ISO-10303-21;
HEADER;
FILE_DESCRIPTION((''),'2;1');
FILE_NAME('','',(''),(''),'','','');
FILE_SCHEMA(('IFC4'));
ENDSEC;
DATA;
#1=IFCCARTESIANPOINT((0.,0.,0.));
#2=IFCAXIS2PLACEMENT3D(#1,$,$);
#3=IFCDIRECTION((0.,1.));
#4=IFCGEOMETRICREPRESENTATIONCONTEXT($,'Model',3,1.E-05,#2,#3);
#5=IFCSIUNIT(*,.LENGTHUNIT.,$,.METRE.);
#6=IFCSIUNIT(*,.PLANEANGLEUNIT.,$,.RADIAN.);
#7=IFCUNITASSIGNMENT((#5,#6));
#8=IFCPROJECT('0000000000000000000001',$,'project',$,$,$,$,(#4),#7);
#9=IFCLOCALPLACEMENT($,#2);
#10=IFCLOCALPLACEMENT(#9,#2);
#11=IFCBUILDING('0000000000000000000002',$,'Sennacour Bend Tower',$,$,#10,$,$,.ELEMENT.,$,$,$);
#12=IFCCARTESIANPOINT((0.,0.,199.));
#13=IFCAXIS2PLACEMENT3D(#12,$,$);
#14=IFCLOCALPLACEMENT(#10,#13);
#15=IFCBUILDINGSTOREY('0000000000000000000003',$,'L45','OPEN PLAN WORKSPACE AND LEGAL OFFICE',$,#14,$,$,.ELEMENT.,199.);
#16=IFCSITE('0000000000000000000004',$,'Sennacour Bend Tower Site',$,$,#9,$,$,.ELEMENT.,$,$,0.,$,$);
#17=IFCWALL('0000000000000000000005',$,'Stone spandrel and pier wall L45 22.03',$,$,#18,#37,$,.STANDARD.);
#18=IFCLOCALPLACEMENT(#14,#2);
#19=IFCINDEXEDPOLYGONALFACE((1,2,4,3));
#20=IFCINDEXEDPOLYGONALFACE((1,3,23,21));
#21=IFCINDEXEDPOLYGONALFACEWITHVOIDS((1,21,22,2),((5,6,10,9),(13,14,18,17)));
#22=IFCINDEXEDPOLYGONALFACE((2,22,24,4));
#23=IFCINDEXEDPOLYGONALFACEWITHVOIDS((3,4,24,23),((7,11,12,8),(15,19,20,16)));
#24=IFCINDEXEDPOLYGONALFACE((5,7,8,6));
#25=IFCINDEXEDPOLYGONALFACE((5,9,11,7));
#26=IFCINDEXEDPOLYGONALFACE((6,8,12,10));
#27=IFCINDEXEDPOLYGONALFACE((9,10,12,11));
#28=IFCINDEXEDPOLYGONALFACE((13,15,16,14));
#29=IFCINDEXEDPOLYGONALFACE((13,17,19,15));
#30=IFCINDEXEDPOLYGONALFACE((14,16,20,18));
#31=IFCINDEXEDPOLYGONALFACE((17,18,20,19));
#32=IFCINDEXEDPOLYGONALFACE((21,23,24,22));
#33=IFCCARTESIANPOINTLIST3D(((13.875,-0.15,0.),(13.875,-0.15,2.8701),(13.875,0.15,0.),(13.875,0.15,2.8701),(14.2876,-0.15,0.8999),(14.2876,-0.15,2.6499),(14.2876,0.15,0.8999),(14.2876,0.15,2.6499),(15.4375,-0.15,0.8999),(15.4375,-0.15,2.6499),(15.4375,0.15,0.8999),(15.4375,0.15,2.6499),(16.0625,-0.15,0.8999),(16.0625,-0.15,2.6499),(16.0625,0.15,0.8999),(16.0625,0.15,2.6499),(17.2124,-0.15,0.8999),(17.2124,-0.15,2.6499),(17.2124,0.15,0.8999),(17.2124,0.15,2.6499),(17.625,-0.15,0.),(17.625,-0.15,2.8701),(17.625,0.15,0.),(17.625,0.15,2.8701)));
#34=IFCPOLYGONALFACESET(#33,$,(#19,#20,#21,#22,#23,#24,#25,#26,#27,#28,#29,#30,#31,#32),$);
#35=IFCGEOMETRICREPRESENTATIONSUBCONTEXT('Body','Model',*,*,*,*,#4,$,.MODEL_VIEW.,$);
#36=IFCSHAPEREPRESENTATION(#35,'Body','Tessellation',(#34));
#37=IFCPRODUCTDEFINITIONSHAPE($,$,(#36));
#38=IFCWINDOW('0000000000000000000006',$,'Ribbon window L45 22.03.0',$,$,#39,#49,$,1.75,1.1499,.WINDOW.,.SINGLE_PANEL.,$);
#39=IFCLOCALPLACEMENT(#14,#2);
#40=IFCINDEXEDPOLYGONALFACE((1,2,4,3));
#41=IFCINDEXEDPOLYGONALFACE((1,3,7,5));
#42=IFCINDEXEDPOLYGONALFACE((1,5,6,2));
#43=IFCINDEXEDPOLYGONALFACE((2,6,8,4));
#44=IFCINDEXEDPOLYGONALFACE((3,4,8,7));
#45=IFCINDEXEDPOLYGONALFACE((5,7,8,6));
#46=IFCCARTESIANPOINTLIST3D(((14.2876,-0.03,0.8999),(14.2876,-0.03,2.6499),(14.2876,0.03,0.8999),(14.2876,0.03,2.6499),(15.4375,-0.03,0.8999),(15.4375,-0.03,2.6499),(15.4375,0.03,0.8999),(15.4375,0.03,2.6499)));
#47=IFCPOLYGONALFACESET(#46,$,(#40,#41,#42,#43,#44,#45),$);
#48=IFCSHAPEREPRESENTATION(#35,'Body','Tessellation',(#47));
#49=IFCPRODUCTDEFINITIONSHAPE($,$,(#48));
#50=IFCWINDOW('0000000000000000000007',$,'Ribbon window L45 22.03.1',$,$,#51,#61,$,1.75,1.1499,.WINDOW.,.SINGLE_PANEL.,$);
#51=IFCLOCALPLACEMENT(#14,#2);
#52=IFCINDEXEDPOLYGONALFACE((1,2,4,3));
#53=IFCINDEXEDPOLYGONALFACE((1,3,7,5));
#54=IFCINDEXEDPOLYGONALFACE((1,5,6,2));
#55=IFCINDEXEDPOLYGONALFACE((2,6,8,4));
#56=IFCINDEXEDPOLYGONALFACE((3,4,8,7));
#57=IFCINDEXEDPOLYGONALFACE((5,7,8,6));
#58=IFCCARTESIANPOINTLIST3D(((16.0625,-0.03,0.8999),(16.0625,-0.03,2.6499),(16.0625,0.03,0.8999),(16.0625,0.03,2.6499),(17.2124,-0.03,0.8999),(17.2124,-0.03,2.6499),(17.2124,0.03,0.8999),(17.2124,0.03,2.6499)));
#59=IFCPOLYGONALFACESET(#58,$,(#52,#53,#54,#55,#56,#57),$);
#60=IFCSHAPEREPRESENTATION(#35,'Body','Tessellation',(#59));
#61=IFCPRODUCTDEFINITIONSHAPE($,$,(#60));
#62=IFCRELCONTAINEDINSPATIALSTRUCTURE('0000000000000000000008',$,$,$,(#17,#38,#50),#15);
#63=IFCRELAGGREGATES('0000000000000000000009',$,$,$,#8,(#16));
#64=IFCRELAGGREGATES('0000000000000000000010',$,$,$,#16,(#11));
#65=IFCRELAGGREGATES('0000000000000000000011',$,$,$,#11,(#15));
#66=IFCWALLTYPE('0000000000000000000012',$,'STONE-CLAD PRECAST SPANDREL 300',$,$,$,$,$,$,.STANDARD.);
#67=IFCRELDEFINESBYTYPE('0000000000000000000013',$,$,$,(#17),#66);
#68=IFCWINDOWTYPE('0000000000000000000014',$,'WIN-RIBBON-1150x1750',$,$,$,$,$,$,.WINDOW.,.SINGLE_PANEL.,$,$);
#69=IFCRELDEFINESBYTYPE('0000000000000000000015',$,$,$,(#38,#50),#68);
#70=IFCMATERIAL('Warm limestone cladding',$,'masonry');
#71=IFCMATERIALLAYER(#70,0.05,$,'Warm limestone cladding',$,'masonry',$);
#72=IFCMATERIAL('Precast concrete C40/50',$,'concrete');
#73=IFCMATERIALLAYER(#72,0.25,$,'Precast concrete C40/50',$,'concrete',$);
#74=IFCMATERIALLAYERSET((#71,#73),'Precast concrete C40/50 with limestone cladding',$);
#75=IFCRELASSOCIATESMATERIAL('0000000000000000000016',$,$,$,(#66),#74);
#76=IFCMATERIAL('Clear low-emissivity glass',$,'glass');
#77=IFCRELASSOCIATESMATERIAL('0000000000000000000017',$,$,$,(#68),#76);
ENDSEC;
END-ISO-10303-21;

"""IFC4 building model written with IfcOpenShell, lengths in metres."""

from ifc_helpers import new_model, si_unit, direction, frame, frame_2d, origin, place, context, subcontext, project, spatial, rectangle, extrude, material, layer, layer_set, type_object, element, fill, save


model = new_model("IFC4")

# Units and contexts
model_context = context("Model", 3, precision=1e-05, world=origin(), true_north=direction((0.0, 1.0)))
body_context = subcontext(model_context, "Body", "Model", "MODEL_VIEW")
ifc_project = project(units=[si_unit("LENGTHUNIT", "METRE"), si_unit("PLANEANGLEUNIT", "RADIAN")], contexts=[model_context])

# Site, building, storey
site_placement = place(None, origin())
site = spatial("IfcSite", under=ifc_project, at=site_placement, Name="Sennacour Bend Tower Site", CompositionType="ELEMENT", RefElevation=0.0)
building_placement = place(site_placement, origin())
building = spatial("IfcBuilding", under=site, at=building_placement, Name="Sennacour Bend Tower", CompositionType="ELEMENT")
storey_placement = place(building_placement, frame((0.0, 0.0, 199.0)))
storey = spatial("IfcBuildingStorey", under=building, at=storey_placement, Name="L45", Description="OPEN PLAN WORKSPACE AND LEGAL OFFICE", CompositionType="ELEMENT", Elevation=199.0)

# Wall, openings, windows
ifc_material_1 = material(Name="Warm limestone cladding", Category="masonry")
ifc_layer_1 = layer(ifc_material_1, 0.05, Name="Warm limestone cladding", Category="masonry")
ifc_material_2 = material(Name="Precast concrete C40/50", Category="concrete")
ifc_layer_2 = layer(ifc_material_2, 0.25, Name="Precast concrete C40/50", Category="concrete")
ifc_layer_set_1 = layer_set([ifc_layer_1, ifc_layer_2], Name="Precast concrete C40/50 with limestone cladding")
wall_type_1 = type_object("IfcWallType", Name="STONE-CLAD PRECAST SPANDREL 300", PredefinedType="STANDARD", material=ifc_layer_set_1)
ifc_material_3 = material(Name="Clear low-emissivity glass", Category="glass")
window_type_1 = type_object("IfcWindowType", Name="WIN-RIBBON-1150x1750", PartitioningType="SINGLE_PANEL", PredefinedType="WINDOW", material=ifc_material_3)
wall_1_placement = place(storey_placement, frame((13.875, 0.0, 0.0), z_axis=(0.0, 0.0, 1.0), x_axis=(1.0, 0.0, 0.0)))
wall_1 = element("IfcWall", 1, at=wall_1_placement, inside=storey, type_object=wall_type_1, Name="Stone spandrel and pier wall L45 22.03", PredefinedType="STANDARD", context=body_context, shape_type="SweptSolid", body=[
    extrude(rectangle(XDim=3.75, YDim=0.3, at=frame_2d((1.875, 0.0))), origin(), (0.0, 0.0, 1.0), 2.8701),
])
opening_1_placement = place(wall_1_placement, frame((0.4126, 0.0, 0.8999)))
opening_1 = element("IfcOpeningElement", 2, at=opening_1_placement, cuts=wall_1, PredefinedType="OPENING", context=body_context, shape_type="SweptSolid", body=[
    extrude(rectangle(XDim=1.1499, YDim=1.75, at=frame_2d((0.575, 0.875))), frame((0.0, 0.1602, 0.0), z_axis=(0.0, -1.0, 0.0), x_axis=(1.0, 0.0, 0.0)), (0.0, 0.0, 1.0), 0.3201),
])
opening_2_placement = place(wall_1_placement, frame((2.1875, 0.0, 0.8999)))
opening_2 = element("IfcOpeningElement", 3, at=opening_2_placement, cuts=wall_1, PredefinedType="OPENING", context=body_context, shape_type="SweptSolid", body=[
    extrude(rectangle(XDim=1.1499, YDim=1.75, at=frame_2d((0.575, 0.875))), frame((0.0, 0.1602, 0.0), z_axis=(0.0, -1.0, 0.0), x_axis=(1.0, 0.0, 0.0)), (0.0, 0.0, 1.0), 0.3201),
])
window_1_placement = place(opening_1_placement, origin())
window_1 = element("IfcWindow", 4, at=window_1_placement, inside=storey, type_object=window_type_1, Name="Ribbon window L45 22.03.0", OverallHeight=1.75, OverallWidth=1.1499, PartitioningType="SINGLE_PANEL", PredefinedType="WINDOW", context=body_context, shape_type="SweptSolid", body=[
    extrude(rectangle(XDim=1.1499, YDim=1.75, at=frame_2d((0.575, 0.875))), frame((0.0, 0.03, 0.0), z_axis=(0.0, -1.0, 0.0), x_axis=(1.0, 0.0, 0.0)), (0.0, 0.0, 1.0), 0.0601),
])
fill(opening_1, window_1)
window_2_placement = place(opening_2_placement, origin())
window_2 = element("IfcWindow", 5, at=window_2_placement, inside=storey, type_object=window_type_1, Name="Ribbon window L45 22.03.1", OverallHeight=1.75, OverallWidth=1.1499, PartitioningType="SINGLE_PANEL", PredefinedType="WINDOW", context=body_context, shape_type="SweptSolid", body=[
    extrude(rectangle(XDim=1.1499, YDim=1.75, at=frame_2d((0.575, 0.875))), frame((0.0, 0.03, 0.0), z_axis=(0.0, -1.0, 0.0), x_axis=(1.0, 0.0, 0.0)), (0.0, 0.0, 1.0), 0.0601),
])
fill(opening_2, window_2)

save(model, "model.ifc")
